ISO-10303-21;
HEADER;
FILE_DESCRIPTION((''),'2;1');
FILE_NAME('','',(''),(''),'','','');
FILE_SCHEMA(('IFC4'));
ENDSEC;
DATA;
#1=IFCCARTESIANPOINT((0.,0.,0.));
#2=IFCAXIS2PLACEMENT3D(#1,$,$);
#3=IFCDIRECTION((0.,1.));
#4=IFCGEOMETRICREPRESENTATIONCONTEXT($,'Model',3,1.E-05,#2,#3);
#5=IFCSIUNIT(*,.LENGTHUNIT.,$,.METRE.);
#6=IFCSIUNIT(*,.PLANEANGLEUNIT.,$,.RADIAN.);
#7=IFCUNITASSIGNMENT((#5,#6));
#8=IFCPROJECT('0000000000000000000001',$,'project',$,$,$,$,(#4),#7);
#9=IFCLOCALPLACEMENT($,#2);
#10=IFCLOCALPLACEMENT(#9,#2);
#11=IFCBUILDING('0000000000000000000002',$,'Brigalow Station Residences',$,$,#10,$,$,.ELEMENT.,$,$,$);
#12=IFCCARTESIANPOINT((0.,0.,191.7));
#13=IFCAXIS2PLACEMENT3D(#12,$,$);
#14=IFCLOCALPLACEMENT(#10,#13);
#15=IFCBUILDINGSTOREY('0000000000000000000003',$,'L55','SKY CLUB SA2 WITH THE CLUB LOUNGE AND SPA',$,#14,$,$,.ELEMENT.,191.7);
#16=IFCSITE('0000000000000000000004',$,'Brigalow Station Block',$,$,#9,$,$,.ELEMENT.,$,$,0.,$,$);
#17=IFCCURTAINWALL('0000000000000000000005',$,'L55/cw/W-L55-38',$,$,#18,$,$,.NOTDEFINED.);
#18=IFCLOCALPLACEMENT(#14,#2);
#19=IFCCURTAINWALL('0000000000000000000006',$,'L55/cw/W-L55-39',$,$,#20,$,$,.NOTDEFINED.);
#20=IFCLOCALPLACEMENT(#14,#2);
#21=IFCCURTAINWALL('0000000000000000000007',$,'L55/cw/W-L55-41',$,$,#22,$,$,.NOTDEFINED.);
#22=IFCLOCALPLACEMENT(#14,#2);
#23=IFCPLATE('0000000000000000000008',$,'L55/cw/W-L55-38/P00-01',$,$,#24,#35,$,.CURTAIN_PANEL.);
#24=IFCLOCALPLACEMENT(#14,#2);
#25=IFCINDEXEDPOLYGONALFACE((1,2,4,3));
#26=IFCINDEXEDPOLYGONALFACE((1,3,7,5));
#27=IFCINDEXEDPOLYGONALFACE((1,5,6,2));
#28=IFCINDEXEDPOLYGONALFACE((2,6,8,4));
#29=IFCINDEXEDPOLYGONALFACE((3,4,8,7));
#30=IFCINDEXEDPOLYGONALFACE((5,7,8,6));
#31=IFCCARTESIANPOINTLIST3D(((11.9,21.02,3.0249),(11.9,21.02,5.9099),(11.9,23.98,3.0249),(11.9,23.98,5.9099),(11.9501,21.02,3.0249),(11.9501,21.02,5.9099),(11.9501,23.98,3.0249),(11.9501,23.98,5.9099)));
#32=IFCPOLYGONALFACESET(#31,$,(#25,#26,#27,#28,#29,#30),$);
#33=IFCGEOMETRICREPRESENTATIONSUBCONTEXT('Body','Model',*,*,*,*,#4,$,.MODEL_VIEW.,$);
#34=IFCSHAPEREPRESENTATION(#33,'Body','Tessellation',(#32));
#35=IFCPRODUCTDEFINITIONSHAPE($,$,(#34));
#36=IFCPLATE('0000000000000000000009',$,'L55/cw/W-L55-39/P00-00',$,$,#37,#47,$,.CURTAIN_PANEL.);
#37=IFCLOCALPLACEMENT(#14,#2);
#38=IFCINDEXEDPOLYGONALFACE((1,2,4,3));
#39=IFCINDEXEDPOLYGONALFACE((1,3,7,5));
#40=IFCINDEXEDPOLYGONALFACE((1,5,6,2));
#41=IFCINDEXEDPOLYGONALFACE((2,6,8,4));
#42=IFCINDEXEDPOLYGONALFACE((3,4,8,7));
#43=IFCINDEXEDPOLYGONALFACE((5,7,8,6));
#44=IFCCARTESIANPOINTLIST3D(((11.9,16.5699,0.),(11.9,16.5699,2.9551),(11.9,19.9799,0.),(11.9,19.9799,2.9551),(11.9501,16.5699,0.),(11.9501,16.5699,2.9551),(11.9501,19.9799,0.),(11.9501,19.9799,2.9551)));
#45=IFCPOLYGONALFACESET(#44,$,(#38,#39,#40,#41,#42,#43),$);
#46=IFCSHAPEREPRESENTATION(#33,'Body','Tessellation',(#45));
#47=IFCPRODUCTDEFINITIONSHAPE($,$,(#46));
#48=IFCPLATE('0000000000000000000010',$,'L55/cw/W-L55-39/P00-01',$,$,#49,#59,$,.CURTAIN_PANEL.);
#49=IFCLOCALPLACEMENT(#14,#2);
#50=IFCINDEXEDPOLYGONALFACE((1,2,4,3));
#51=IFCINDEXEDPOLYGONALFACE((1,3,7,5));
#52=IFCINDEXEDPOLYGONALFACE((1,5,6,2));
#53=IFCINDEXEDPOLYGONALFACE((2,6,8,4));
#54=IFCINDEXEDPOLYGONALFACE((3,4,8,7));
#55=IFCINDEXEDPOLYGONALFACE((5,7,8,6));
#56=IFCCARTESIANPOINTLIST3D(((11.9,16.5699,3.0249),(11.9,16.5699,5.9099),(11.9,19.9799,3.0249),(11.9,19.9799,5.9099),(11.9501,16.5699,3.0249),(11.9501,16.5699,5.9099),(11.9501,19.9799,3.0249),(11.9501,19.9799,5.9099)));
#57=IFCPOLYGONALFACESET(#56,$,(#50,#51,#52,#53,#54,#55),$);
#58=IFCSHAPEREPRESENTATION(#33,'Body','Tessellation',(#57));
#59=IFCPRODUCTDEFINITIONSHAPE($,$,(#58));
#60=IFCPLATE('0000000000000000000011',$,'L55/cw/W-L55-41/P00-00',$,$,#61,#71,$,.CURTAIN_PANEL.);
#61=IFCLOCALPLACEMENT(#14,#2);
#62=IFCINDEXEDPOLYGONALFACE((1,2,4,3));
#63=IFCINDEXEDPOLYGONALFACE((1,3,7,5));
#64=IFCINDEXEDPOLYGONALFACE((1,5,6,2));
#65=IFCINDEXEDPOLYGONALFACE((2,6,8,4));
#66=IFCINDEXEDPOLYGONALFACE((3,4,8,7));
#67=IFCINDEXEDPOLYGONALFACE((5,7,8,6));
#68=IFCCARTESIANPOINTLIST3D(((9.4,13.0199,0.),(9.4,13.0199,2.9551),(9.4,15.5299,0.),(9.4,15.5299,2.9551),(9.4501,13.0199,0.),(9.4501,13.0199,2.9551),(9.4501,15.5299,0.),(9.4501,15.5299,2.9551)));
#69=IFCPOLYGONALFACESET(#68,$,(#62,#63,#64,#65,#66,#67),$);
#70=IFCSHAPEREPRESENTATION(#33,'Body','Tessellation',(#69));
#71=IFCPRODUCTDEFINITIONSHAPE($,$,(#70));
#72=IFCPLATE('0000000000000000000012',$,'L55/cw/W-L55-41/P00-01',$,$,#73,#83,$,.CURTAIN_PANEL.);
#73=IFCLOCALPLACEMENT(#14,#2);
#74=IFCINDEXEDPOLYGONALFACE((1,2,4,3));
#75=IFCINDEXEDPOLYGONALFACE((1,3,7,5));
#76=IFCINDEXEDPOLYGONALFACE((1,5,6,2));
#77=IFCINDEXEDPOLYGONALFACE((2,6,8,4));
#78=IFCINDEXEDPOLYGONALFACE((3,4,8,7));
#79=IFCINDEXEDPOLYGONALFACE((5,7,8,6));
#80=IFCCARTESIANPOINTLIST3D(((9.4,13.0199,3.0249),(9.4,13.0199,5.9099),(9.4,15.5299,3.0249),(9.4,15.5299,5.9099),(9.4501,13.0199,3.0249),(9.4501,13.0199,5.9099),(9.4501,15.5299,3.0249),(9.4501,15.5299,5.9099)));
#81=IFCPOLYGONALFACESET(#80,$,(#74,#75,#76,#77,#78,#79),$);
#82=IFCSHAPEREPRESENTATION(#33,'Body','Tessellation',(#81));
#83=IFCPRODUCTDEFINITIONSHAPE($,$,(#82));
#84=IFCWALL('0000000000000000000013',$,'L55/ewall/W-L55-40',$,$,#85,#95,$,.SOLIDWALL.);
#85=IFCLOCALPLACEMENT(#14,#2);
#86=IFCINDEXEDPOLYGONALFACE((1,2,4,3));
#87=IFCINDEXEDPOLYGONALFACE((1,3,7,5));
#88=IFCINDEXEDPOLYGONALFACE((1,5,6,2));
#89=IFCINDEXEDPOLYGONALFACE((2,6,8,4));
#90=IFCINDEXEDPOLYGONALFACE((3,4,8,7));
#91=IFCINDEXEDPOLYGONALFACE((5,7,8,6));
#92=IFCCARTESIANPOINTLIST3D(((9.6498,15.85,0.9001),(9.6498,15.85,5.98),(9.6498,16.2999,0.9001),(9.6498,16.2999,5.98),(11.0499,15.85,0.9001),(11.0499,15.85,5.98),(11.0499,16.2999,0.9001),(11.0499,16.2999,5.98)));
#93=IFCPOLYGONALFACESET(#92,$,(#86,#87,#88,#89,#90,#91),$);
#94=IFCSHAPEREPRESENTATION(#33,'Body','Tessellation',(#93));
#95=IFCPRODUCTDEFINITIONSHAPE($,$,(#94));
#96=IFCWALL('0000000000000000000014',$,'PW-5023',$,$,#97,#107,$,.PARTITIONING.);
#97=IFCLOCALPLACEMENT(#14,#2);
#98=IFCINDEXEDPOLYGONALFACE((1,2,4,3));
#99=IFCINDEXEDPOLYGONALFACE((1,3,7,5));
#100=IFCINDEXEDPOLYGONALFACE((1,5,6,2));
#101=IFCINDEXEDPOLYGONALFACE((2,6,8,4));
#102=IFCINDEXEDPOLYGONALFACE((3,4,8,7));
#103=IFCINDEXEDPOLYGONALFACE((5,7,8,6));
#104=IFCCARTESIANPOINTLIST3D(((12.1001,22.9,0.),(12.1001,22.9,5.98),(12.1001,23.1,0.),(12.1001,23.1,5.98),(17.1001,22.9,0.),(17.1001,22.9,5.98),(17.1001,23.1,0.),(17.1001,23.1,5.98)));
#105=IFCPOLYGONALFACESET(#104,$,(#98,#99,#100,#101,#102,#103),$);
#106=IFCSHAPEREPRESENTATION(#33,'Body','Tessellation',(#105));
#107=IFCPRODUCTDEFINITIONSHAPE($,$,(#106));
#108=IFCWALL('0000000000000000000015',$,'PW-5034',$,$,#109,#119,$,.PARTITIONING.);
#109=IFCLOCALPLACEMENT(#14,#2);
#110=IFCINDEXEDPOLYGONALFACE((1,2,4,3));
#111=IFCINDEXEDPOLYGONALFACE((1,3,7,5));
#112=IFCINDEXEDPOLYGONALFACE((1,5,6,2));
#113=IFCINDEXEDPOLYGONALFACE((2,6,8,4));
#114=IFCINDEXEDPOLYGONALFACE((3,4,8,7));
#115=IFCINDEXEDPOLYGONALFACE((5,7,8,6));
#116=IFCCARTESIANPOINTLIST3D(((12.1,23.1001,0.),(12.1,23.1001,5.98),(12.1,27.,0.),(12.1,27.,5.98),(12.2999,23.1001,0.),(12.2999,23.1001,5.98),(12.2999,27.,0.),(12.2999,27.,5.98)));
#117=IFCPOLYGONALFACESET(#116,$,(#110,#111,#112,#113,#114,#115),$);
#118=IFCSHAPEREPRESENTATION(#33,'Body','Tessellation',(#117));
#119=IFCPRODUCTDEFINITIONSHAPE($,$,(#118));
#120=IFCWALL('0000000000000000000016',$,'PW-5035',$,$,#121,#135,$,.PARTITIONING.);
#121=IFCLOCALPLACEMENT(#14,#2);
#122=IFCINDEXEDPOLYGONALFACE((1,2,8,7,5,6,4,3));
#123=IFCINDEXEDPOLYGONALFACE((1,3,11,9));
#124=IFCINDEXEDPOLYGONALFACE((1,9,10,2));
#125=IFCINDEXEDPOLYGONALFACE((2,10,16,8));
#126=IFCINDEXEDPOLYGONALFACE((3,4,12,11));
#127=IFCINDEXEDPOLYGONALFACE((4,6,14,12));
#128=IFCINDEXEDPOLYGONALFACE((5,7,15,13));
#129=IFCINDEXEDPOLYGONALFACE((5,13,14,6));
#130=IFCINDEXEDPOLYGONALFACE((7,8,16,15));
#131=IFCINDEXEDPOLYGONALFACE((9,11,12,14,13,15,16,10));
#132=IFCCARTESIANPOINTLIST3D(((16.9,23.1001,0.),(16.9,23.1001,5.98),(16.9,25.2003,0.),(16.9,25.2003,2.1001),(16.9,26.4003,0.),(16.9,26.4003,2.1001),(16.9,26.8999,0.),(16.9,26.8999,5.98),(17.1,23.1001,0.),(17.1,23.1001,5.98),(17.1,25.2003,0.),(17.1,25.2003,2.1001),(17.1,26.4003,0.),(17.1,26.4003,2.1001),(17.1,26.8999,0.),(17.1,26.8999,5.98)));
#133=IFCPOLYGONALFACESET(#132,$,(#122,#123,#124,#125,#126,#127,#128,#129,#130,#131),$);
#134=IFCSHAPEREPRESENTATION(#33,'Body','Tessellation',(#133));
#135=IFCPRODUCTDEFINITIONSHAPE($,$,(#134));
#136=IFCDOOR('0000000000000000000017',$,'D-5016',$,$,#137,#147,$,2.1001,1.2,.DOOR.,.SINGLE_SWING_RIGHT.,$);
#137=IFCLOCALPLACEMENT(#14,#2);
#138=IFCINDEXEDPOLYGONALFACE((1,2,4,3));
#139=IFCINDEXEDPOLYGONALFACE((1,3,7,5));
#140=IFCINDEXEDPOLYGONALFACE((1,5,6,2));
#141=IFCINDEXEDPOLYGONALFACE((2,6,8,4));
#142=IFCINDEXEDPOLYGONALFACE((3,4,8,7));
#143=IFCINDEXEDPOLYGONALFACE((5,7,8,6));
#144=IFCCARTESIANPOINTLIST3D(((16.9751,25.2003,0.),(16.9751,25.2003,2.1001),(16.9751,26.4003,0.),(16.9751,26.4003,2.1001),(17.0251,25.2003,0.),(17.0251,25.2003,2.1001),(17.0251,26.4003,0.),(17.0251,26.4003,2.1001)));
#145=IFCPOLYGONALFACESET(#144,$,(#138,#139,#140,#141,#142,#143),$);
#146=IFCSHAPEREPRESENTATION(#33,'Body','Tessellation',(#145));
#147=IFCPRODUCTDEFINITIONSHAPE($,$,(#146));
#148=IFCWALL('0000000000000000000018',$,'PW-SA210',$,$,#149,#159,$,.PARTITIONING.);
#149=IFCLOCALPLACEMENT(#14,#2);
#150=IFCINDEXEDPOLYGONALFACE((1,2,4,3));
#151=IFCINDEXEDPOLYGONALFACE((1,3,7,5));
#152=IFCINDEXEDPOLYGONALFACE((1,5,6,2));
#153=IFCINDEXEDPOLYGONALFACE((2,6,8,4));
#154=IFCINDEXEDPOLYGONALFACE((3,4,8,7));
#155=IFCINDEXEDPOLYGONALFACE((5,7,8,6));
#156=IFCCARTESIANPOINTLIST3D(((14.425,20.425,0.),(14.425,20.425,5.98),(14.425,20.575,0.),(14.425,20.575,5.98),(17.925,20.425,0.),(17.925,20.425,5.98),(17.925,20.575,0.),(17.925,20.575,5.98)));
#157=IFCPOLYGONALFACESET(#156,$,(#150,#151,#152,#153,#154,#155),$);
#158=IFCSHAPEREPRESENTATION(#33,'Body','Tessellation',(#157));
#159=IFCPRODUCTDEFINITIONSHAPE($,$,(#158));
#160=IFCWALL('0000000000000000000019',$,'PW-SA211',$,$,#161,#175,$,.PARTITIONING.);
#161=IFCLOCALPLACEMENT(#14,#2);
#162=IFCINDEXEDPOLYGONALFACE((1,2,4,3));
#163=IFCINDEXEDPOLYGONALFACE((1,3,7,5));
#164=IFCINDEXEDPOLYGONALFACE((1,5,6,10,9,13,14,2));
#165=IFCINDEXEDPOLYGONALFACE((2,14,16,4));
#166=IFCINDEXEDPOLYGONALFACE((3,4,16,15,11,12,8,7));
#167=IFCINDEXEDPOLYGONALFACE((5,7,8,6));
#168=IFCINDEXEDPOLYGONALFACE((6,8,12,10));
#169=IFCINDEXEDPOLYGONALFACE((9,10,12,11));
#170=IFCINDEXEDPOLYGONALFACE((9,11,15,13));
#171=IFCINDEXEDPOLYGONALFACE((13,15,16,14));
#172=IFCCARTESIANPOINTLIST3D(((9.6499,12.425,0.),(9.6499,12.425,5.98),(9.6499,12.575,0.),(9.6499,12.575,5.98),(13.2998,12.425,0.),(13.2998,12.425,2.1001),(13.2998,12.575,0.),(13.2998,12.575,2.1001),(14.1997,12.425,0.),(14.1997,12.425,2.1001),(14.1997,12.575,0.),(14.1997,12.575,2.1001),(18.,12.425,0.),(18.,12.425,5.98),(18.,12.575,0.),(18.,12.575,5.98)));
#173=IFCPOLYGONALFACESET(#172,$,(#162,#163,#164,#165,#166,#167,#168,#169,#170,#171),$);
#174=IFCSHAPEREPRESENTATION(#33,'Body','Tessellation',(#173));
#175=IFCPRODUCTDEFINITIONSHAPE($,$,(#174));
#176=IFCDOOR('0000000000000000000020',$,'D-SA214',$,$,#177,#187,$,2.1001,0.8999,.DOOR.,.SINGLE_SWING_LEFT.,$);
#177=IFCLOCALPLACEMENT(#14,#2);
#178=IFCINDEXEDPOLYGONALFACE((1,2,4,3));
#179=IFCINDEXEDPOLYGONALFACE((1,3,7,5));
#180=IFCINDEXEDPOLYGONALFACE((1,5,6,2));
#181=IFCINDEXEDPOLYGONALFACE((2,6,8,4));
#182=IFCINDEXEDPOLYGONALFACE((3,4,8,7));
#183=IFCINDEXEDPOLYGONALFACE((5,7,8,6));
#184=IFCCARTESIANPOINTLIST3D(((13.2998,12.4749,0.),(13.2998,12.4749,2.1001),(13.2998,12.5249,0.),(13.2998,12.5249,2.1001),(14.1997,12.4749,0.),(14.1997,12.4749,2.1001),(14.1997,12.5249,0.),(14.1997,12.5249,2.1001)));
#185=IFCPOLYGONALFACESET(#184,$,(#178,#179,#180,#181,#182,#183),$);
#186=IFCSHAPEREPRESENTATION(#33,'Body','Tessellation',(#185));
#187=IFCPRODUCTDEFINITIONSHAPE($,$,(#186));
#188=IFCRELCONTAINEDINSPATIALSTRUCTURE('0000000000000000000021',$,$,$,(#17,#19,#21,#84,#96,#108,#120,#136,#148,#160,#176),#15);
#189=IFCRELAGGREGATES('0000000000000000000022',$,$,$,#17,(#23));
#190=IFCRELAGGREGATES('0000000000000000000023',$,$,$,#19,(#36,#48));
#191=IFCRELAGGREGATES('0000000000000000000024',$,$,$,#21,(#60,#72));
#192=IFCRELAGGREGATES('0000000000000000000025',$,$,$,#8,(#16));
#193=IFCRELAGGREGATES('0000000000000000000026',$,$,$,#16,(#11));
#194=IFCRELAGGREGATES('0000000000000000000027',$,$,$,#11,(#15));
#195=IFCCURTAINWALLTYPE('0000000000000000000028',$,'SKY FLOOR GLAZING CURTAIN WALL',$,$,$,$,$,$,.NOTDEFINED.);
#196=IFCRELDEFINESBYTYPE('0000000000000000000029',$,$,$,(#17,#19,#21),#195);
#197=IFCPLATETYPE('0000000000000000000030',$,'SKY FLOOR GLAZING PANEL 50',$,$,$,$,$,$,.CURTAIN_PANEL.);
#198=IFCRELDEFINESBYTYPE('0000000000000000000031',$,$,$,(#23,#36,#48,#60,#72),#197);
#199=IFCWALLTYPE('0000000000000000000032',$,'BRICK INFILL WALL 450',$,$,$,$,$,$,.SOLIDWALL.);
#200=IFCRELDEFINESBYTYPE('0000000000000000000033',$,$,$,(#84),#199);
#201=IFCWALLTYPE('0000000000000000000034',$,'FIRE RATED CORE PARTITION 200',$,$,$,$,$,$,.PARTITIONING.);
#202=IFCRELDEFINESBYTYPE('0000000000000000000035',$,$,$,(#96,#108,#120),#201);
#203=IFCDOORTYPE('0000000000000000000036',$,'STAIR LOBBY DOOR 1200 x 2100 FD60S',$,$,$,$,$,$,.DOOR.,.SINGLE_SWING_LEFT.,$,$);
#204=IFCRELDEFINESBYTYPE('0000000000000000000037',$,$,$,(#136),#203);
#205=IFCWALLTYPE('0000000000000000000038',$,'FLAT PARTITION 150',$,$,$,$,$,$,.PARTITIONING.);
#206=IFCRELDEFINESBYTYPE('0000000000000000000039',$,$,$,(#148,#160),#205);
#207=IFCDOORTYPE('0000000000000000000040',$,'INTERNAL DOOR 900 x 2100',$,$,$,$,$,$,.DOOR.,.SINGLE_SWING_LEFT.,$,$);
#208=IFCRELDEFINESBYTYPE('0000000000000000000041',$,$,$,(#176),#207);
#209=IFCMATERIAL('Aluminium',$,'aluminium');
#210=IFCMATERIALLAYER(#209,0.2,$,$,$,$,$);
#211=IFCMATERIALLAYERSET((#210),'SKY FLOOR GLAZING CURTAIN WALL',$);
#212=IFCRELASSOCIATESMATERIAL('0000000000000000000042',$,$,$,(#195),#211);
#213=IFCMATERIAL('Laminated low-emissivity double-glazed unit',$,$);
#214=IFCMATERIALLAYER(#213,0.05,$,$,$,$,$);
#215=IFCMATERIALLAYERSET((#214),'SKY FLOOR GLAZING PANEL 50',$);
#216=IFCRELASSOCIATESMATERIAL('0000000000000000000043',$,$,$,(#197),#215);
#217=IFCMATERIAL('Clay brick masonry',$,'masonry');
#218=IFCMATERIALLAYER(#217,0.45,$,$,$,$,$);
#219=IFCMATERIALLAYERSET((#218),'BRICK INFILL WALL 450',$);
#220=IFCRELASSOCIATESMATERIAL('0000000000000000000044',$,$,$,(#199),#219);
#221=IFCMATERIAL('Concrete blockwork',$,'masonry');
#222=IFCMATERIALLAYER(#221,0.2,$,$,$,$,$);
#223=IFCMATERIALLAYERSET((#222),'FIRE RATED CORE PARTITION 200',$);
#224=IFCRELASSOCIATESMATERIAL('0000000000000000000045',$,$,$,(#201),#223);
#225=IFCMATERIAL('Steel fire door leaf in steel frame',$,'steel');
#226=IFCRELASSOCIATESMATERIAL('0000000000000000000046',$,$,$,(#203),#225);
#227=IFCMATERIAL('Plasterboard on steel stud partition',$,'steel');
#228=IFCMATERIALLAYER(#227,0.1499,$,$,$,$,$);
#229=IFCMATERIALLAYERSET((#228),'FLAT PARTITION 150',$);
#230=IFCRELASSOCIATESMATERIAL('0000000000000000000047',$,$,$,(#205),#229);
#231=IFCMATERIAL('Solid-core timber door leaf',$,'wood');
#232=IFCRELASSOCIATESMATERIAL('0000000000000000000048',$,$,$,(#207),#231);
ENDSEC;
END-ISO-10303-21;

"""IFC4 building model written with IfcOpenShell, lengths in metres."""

from ifc_helpers import new_model, si_unit, direction, frame, frame_2d, origin, origin_2d, place, context, subcontext, project, spatial, rectangle, extrude, material, layer, layer_set, type_object, element, fill, aggregate, save


model = new_model("IFC4")

# Units and contexts
model_context = context("Model", 3, precision=1e-05, world=origin(), true_north=direction((0.0, 1.0)))
body_context = subcontext(model_context, "Body", "Model", "MODEL_VIEW")
ifc_project = project(units=[si_unit("LENGTHUNIT", "METRE"), si_unit("PLANEANGLEUNIT", "RADIAN")], contexts=[model_context])

# Site, building, storey
site_placement = place(None, origin())
site = spatial("IfcSite", under=ifc_project, at=site_placement, Name="Brigalow Station Block", CompositionType="ELEMENT", RefElevation=0.0)
building_placement = place(site_placement, origin())
building = spatial("IfcBuilding", under=site, at=building_placement, Name="Brigalow Station Residences", CompositionType="ELEMENT")
storey_placement = place(building_placement, frame((0.0, 0.0, 191.7)))
storey = spatial("IfcBuildingStorey", under=building, at=storey_placement, Name="L55", Description="SKY CLUB SA2 WITH THE CLUB LOUNGE AND SPA", CompositionType="ELEMENT", Elevation=191.7)

# Curtain wall
ifc_material_1 = material(Name="Aluminium", Category="aluminium")
ifc_layer_1 = layer(ifc_material_1, 0.2)
ifc_layer_set_1 = layer_set([ifc_layer_1], Name="SKY FLOOR GLAZING CURTAIN WALL")
curtain_wall_type = type_object("IfcCurtainWallType", Name="SKY FLOOR GLAZING CURTAIN WALL", PredefinedType="NOTDEFINED", material=ifc_layer_set_1)
curtain_wall_1_placement = place(storey_placement, origin())
curtain_wall_1 = element("IfcCurtainWall", 1, at=curtain_wall_1_placement, inside=storey, type_object=curtain_wall_type, Name="L55/cw/W-L55-38", PredefinedType="NOTDEFINED")

# Curtain walls
curtain_wall_2_placement = place(storey_placement, origin())
curtain_wall_2 = element("IfcCurtainWall", 2, at=curtain_wall_2_placement, inside=storey, type_object=curtain_wall_type, Name="L55/cw/W-L55-39", PredefinedType="NOTDEFINED")
curtain_wall_3_placement = place(storey_placement, origin())
curtain_wall_3 = element("IfcCurtainWall", 3, at=curtain_wall_3_placement, inside=storey, type_object=curtain_wall_type, Name="L55/cw/W-L55-41", PredefinedType="NOTDEFINED")

# Plates
ifc_material_2 = material(Name="Laminated low-emissivity double-glazed unit")
ifc_layer_2 = layer(ifc_material_2, 0.05)
ifc_layer_set_2 = layer_set([ifc_layer_2], Name="SKY FLOOR GLAZING PANEL 50")
plate_type = type_object("IfcPlateType", Name="SKY FLOOR GLAZING PANEL 50", PredefinedType="CURTAIN_PANEL", material=ifc_layer_set_2)
plate_1_placement = place(storey_placement, frame((11.925, 22.5, 3.0249), z_axis=(0.0, 0.0, 1.0), x_axis=(0.0, -1.0, 0.0)))
plate_1 = element("IfcPlate", 4, at=plate_1_placement, type_object=plate_type, Name="L55/cw/W-L55-38/P00-01", PredefinedType="CURTAIN_PANEL", context=body_context, shape_type="SweptSolid", body=[
    extrude(rectangle(XDim=2.96, YDim=0.05, at=origin_2d()), origin(), (0.0, 0.0, 1.0), 2.885),
])
aggregate(curtain_wall_1, [plate_1])
plate_2_placement = place(storey_placement, frame((11.925, 18.2749, 0.0), z_axis=(0.0, 0.0, 1.0), x_axis=(0.0, -1.0, 0.0)))
plate_2 = element("IfcPlate", 5, at=plate_2_placement, type_object=plate_type, Name="L55/cw/W-L55-39/P00-00", PredefinedType="CURTAIN_PANEL", context=body_context, shape_type="SweptSolid", body=[
    extrude(rectangle(XDim=3.4099, YDim=0.05, at=origin_2d()), origin(), (0.0, 0.0, 1.0), 2.9551),
])
plate_3_placement = place(storey_placement, frame((11.925, 18.2749, 3.0249), z_axis=(0.0, 0.0, 1.0), x_axis=(0.0, -1.0, 0.0)))
plate_3 = element("IfcPlate", 6, at=plate_3_placement, type_object=plate_type, Name="L55/cw/W-L55-39/P00-01", PredefinedType="CURTAIN_PANEL", context=body_context, shape_type="SweptSolid", body=[
    extrude(rectangle(XDim=3.4099, YDim=0.05, at=origin_2d()), origin(), (0.0, 0.0, 1.0), 2.885),
])
aggregate(curtain_wall_2, [plate_2, plate_3])
plate_4_placement = place(storey_placement, frame((9.425, 14.2749, 0.0), z_axis=(0.0, 0.0, 1.0), x_axis=(0.0, -1.0, 0.0)))
plate_4 = element("IfcPlate", 7, at=plate_4_placement, type_object=plate_type, Name="L55/cw/W-L55-41/P00-00", PredefinedType="CURTAIN_PANEL", context=body_context, shape_type="SweptSolid", body=[
    extrude(rectangle(XDim=2.51, YDim=0.05, at=origin_2d()), origin(), (0.0, 0.0, 1.0), 2.9551),
])
plate_5_placement = place(storey_placement, frame((9.425, 14.2749, 3.0249), z_axis=(0.0, 0.0, 1.0), x_axis=(0.0, -1.0, 0.0)))
plate_5 = element("IfcPlate", 8, at=plate_5_placement, type_object=plate_type, Name="L55/cw/W-L55-41/P00-01", PredefinedType="CURTAIN_PANEL", context=body_context, shape_type="SweptSolid", body=[
    extrude(rectangle(XDim=2.51, YDim=0.05, at=origin_2d()), origin(), (0.0, 0.0, 1.0), 2.885),
])
aggregate(curtain_wall_3, [plate_4, plate_5])

# Walls
ifc_material_3 = material(Name="Clay brick masonry", Category="masonry")
ifc_layer_3 = layer(ifc_material_3, 0.45)
ifc_layer_set_3 = layer_set([ifc_layer_3], Name="BRICK INFILL WALL 450")
wall_type_1 = type_object("IfcWallType", Name="BRICK INFILL WALL 450", PredefinedType="SOLIDWALL", material=ifc_layer_set_3)
wall_1_placement = place(storey_placement, frame((11.05, 16.075, 0.9001), z_axis=(0.0, 0.0, 1.0), x_axis=(-1.0, 0.0, 0.0)))
element("IfcWall", 9, at=wall_1_placement, inside=storey, type_object=wall_type_1, Name="L55/ewall/W-L55-40", PredefinedType="SOLIDWALL", context=body_context, shape_type="SweptSolid", body=[
    extrude(rectangle(XDim=1.4001, YDim=0.45, at=frame_2d((0.7002, 0.0))), origin(), (0.0, 0.0, 1.0), 5.0798),
])
ifc_material_4 = material(Name="Concrete blockwork", Category="masonry")
ifc_layer_4 = layer(ifc_material_4, 0.2)
ifc_layer_set_4 = layer_set([ifc_layer_4], Name="FIRE RATED CORE PARTITION 200")
wall_type_2 = type_object("IfcWallType", Name="FIRE RATED CORE PARTITION 200", PredefinedType="PARTITIONING", material=ifc_layer_set_4)
wall_2_placement = place(storey_placement, frame((12.1001, 23.0, 0.0), z_axis=(0.0, 0.0, 1.0), x_axis=(1.0, 0.0, 0.0)))
element("IfcWall", 10, at=wall_2_placement, inside=storey, type_object=wall_type_2, Name="PW-5023", PredefinedType="PARTITIONING", context=body_context, shape_type="SweptSolid", body=[
    extrude(rectangle(XDim=5.0, YDim=0.2, at=frame_2d((2.5, 0.0))), origin(), (0.0, 0.0, 1.0), 5.98),
])
wall_3_placement = place(storey_placement, frame((12.2, 23.1001, 0.0), z_axis=(0.0, 0.0, 1.0), x_axis=(0.0, 1.0, 0.0)))
element("IfcWall", 11, at=wall_3_placement, inside=storey, type_object=wall_type_2, Name="PW-5034", PredefinedType="PARTITIONING", context=body_context, shape_type="SweptSolid", body=[
    extrude(rectangle(XDim=3.8999, YDim=0.2, at=frame_2d((1.95, 0.0))), origin(), (0.0, 0.0, 1.0), 5.98),
])

# Wall, opening, door
wall_4_placement = place(storey_placement, frame((17.0, 23.1001, 0.0), z_axis=(0.0, 0.0, 1.0), x_axis=(0.0, 1.0, 0.0)))
wall_4 = element("IfcWall", 12, at=wall_4_placement, inside=storey, type_object=wall_type_2, Name="PW-5035", PredefinedType="PARTITIONING", context=body_context, shape_type="SweptSolid", body=[
    extrude(rectangle(XDim=3.7998, YDim=0.2, at=frame_2d((1.8999, 0.0))), origin(), (0.0, 0.0, 1.0), 5.98),
])
opening_1_placement = place(wall_4_placement, frame((2.1001, 0.0, 0.0)))
opening_1 = element("IfcOpeningElement", 13, at=opening_1_placement, cuts=wall_4, PredefinedType="OPENING", context=body_context, shape_type="SweptSolid", body=[
    extrude(rectangle(XDim=1.2, YDim=2.1001, at=frame_2d((0.6001, 1.05))), frame((0.0, 0.1099, 0.0), z_axis=(0.0, -1.0, 0.0), x_axis=(1.0, 0.0, 0.0)), (0.0, 0.0, 1.0), 0.22),
])
ifc_material_5 = material(Name="Steel fire door leaf in steel frame", Category="steel")
door_type_1 = type_object("IfcDoorType", Name="STAIR LOBBY DOOR 1200 x 2100 FD60S", OperationType="SINGLE_SWING_LEFT", PredefinedType="DOOR", material=ifc_material_5)
door_1_placement = place(opening_1_placement, origin())
door_1 = element("IfcDoor", 14, at=door_1_placement, inside=storey, type_object=door_type_1, Name="D-5016", OperationType="SINGLE_SWING_RIGHT", OverallHeight=2.1001, OverallWidth=1.2, PredefinedType="DOOR", context=body_context, shape_type="SweptSolid", body=[
    extrude(rectangle(XDim=1.2, YDim=2.1001, at=frame_2d((0.6001, 1.05))), frame((0.0, 0.0249, 0.0), z_axis=(0.0, -1.0, 0.0), x_axis=(1.0, 0.0, 0.0)), (0.0, 0.0, 1.0), 0.05),
])
fill(opening_1, door_1)

# Wall
ifc_material_6 = material(Name="Plasterboard on steel stud partition", Category="steel")
ifc_layer_5 = layer(ifc_material_6, 0.1499)
ifc_layer_set_5 = layer_set([ifc_layer_5], Name="FLAT PARTITION 150")
wall_type_3 = type_object("IfcWallType", Name="FLAT PARTITION 150", PredefinedType="PARTITIONING", material=ifc_layer_set_5)
wall_5_placement = place(storey_placement, frame((14.425, 20.5, 0.0), z_axis=(0.0, 0.0, 1.0), x_axis=(1.0, 0.0, 0.0)))
element("IfcWall", 15, at=wall_5_placement, inside=storey, type_object=wall_type_3, Name="PW-SA210", PredefinedType="PARTITIONING", context=body_context, shape_type="SweptSolid", body=[
    extrude(rectangle(XDim=3.5, YDim=0.1499, at=frame_2d((1.75, 0.0))), origin(), (0.0, 0.0, 1.0), 5.98),
])

# Wall, opening, door
wall_6_placement = place(storey_placement, frame((9.6499, 12.5, 0.0), z_axis=(0.0, 0.0, 1.0), x_axis=(1.0, 0.0, 0.0)))
wall_6 = element("IfcWall", 16, at=wall_6_placement, inside=storey, type_object=wall_type_3, Name="PW-SA211", PredefinedType="PARTITIONING", context=body_context, shape_type="SweptSolid", body=[
    extrude(rectangle(XDim=8.3501, YDim=0.1499, at=frame_2d((4.175, 0.0))), origin(), (0.0, 0.0, 1.0), 5.98),
])
opening_2_placement = place(wall_6_placement, frame((3.6499, 0.0, 0.0)))
opening_2 = element("IfcOpeningElement", 17, at=opening_2_placement, cuts=wall_6, PredefinedType="OPENING", context=body_context, shape_type="SweptSolid", body=[
    extrude(rectangle(XDim=0.8999, YDim=2.1001, at=frame_2d((0.45, 1.05))), frame((0.0, 0.085, 0.0), z_axis=(0.0, -1.0, 0.0), x_axis=(1.0, 0.0, 0.0)), (0.0, 0.0, 1.0), 0.1699),
])
ifc_material_7 = material(Name="Solid-core timber door leaf", Category="wood")
door_type_2 = type_object("IfcDoorType", Name="INTERNAL DOOR 900 x 2100", OperationType="SINGLE_SWING_LEFT", PredefinedType="DOOR", material=ifc_material_7)
door_2_placement = place(opening_2_placement, origin())
door_2 = element("IfcDoor", 18, at=door_2_placement, inside=storey, type_object=door_type_2, Name="D-SA214", OperationType="SINGLE_SWING_LEFT", OverallHeight=2.1001, OverallWidth=0.8999, PredefinedType="DOOR", context=body_context, shape_type="SweptSolid", body=[
    extrude(rectangle(XDim=0.8999, YDim=2.1001, at=frame_2d((0.45, 1.05))), frame((0.0, 0.0249, 0.0), z_axis=(0.0, -1.0, 0.0), x_axis=(1.0, 0.0, 0.0)), (0.0, 0.0, 1.0), 0.05),
])
fill(opening_2, door_2)

save(model, "model.ifc")
